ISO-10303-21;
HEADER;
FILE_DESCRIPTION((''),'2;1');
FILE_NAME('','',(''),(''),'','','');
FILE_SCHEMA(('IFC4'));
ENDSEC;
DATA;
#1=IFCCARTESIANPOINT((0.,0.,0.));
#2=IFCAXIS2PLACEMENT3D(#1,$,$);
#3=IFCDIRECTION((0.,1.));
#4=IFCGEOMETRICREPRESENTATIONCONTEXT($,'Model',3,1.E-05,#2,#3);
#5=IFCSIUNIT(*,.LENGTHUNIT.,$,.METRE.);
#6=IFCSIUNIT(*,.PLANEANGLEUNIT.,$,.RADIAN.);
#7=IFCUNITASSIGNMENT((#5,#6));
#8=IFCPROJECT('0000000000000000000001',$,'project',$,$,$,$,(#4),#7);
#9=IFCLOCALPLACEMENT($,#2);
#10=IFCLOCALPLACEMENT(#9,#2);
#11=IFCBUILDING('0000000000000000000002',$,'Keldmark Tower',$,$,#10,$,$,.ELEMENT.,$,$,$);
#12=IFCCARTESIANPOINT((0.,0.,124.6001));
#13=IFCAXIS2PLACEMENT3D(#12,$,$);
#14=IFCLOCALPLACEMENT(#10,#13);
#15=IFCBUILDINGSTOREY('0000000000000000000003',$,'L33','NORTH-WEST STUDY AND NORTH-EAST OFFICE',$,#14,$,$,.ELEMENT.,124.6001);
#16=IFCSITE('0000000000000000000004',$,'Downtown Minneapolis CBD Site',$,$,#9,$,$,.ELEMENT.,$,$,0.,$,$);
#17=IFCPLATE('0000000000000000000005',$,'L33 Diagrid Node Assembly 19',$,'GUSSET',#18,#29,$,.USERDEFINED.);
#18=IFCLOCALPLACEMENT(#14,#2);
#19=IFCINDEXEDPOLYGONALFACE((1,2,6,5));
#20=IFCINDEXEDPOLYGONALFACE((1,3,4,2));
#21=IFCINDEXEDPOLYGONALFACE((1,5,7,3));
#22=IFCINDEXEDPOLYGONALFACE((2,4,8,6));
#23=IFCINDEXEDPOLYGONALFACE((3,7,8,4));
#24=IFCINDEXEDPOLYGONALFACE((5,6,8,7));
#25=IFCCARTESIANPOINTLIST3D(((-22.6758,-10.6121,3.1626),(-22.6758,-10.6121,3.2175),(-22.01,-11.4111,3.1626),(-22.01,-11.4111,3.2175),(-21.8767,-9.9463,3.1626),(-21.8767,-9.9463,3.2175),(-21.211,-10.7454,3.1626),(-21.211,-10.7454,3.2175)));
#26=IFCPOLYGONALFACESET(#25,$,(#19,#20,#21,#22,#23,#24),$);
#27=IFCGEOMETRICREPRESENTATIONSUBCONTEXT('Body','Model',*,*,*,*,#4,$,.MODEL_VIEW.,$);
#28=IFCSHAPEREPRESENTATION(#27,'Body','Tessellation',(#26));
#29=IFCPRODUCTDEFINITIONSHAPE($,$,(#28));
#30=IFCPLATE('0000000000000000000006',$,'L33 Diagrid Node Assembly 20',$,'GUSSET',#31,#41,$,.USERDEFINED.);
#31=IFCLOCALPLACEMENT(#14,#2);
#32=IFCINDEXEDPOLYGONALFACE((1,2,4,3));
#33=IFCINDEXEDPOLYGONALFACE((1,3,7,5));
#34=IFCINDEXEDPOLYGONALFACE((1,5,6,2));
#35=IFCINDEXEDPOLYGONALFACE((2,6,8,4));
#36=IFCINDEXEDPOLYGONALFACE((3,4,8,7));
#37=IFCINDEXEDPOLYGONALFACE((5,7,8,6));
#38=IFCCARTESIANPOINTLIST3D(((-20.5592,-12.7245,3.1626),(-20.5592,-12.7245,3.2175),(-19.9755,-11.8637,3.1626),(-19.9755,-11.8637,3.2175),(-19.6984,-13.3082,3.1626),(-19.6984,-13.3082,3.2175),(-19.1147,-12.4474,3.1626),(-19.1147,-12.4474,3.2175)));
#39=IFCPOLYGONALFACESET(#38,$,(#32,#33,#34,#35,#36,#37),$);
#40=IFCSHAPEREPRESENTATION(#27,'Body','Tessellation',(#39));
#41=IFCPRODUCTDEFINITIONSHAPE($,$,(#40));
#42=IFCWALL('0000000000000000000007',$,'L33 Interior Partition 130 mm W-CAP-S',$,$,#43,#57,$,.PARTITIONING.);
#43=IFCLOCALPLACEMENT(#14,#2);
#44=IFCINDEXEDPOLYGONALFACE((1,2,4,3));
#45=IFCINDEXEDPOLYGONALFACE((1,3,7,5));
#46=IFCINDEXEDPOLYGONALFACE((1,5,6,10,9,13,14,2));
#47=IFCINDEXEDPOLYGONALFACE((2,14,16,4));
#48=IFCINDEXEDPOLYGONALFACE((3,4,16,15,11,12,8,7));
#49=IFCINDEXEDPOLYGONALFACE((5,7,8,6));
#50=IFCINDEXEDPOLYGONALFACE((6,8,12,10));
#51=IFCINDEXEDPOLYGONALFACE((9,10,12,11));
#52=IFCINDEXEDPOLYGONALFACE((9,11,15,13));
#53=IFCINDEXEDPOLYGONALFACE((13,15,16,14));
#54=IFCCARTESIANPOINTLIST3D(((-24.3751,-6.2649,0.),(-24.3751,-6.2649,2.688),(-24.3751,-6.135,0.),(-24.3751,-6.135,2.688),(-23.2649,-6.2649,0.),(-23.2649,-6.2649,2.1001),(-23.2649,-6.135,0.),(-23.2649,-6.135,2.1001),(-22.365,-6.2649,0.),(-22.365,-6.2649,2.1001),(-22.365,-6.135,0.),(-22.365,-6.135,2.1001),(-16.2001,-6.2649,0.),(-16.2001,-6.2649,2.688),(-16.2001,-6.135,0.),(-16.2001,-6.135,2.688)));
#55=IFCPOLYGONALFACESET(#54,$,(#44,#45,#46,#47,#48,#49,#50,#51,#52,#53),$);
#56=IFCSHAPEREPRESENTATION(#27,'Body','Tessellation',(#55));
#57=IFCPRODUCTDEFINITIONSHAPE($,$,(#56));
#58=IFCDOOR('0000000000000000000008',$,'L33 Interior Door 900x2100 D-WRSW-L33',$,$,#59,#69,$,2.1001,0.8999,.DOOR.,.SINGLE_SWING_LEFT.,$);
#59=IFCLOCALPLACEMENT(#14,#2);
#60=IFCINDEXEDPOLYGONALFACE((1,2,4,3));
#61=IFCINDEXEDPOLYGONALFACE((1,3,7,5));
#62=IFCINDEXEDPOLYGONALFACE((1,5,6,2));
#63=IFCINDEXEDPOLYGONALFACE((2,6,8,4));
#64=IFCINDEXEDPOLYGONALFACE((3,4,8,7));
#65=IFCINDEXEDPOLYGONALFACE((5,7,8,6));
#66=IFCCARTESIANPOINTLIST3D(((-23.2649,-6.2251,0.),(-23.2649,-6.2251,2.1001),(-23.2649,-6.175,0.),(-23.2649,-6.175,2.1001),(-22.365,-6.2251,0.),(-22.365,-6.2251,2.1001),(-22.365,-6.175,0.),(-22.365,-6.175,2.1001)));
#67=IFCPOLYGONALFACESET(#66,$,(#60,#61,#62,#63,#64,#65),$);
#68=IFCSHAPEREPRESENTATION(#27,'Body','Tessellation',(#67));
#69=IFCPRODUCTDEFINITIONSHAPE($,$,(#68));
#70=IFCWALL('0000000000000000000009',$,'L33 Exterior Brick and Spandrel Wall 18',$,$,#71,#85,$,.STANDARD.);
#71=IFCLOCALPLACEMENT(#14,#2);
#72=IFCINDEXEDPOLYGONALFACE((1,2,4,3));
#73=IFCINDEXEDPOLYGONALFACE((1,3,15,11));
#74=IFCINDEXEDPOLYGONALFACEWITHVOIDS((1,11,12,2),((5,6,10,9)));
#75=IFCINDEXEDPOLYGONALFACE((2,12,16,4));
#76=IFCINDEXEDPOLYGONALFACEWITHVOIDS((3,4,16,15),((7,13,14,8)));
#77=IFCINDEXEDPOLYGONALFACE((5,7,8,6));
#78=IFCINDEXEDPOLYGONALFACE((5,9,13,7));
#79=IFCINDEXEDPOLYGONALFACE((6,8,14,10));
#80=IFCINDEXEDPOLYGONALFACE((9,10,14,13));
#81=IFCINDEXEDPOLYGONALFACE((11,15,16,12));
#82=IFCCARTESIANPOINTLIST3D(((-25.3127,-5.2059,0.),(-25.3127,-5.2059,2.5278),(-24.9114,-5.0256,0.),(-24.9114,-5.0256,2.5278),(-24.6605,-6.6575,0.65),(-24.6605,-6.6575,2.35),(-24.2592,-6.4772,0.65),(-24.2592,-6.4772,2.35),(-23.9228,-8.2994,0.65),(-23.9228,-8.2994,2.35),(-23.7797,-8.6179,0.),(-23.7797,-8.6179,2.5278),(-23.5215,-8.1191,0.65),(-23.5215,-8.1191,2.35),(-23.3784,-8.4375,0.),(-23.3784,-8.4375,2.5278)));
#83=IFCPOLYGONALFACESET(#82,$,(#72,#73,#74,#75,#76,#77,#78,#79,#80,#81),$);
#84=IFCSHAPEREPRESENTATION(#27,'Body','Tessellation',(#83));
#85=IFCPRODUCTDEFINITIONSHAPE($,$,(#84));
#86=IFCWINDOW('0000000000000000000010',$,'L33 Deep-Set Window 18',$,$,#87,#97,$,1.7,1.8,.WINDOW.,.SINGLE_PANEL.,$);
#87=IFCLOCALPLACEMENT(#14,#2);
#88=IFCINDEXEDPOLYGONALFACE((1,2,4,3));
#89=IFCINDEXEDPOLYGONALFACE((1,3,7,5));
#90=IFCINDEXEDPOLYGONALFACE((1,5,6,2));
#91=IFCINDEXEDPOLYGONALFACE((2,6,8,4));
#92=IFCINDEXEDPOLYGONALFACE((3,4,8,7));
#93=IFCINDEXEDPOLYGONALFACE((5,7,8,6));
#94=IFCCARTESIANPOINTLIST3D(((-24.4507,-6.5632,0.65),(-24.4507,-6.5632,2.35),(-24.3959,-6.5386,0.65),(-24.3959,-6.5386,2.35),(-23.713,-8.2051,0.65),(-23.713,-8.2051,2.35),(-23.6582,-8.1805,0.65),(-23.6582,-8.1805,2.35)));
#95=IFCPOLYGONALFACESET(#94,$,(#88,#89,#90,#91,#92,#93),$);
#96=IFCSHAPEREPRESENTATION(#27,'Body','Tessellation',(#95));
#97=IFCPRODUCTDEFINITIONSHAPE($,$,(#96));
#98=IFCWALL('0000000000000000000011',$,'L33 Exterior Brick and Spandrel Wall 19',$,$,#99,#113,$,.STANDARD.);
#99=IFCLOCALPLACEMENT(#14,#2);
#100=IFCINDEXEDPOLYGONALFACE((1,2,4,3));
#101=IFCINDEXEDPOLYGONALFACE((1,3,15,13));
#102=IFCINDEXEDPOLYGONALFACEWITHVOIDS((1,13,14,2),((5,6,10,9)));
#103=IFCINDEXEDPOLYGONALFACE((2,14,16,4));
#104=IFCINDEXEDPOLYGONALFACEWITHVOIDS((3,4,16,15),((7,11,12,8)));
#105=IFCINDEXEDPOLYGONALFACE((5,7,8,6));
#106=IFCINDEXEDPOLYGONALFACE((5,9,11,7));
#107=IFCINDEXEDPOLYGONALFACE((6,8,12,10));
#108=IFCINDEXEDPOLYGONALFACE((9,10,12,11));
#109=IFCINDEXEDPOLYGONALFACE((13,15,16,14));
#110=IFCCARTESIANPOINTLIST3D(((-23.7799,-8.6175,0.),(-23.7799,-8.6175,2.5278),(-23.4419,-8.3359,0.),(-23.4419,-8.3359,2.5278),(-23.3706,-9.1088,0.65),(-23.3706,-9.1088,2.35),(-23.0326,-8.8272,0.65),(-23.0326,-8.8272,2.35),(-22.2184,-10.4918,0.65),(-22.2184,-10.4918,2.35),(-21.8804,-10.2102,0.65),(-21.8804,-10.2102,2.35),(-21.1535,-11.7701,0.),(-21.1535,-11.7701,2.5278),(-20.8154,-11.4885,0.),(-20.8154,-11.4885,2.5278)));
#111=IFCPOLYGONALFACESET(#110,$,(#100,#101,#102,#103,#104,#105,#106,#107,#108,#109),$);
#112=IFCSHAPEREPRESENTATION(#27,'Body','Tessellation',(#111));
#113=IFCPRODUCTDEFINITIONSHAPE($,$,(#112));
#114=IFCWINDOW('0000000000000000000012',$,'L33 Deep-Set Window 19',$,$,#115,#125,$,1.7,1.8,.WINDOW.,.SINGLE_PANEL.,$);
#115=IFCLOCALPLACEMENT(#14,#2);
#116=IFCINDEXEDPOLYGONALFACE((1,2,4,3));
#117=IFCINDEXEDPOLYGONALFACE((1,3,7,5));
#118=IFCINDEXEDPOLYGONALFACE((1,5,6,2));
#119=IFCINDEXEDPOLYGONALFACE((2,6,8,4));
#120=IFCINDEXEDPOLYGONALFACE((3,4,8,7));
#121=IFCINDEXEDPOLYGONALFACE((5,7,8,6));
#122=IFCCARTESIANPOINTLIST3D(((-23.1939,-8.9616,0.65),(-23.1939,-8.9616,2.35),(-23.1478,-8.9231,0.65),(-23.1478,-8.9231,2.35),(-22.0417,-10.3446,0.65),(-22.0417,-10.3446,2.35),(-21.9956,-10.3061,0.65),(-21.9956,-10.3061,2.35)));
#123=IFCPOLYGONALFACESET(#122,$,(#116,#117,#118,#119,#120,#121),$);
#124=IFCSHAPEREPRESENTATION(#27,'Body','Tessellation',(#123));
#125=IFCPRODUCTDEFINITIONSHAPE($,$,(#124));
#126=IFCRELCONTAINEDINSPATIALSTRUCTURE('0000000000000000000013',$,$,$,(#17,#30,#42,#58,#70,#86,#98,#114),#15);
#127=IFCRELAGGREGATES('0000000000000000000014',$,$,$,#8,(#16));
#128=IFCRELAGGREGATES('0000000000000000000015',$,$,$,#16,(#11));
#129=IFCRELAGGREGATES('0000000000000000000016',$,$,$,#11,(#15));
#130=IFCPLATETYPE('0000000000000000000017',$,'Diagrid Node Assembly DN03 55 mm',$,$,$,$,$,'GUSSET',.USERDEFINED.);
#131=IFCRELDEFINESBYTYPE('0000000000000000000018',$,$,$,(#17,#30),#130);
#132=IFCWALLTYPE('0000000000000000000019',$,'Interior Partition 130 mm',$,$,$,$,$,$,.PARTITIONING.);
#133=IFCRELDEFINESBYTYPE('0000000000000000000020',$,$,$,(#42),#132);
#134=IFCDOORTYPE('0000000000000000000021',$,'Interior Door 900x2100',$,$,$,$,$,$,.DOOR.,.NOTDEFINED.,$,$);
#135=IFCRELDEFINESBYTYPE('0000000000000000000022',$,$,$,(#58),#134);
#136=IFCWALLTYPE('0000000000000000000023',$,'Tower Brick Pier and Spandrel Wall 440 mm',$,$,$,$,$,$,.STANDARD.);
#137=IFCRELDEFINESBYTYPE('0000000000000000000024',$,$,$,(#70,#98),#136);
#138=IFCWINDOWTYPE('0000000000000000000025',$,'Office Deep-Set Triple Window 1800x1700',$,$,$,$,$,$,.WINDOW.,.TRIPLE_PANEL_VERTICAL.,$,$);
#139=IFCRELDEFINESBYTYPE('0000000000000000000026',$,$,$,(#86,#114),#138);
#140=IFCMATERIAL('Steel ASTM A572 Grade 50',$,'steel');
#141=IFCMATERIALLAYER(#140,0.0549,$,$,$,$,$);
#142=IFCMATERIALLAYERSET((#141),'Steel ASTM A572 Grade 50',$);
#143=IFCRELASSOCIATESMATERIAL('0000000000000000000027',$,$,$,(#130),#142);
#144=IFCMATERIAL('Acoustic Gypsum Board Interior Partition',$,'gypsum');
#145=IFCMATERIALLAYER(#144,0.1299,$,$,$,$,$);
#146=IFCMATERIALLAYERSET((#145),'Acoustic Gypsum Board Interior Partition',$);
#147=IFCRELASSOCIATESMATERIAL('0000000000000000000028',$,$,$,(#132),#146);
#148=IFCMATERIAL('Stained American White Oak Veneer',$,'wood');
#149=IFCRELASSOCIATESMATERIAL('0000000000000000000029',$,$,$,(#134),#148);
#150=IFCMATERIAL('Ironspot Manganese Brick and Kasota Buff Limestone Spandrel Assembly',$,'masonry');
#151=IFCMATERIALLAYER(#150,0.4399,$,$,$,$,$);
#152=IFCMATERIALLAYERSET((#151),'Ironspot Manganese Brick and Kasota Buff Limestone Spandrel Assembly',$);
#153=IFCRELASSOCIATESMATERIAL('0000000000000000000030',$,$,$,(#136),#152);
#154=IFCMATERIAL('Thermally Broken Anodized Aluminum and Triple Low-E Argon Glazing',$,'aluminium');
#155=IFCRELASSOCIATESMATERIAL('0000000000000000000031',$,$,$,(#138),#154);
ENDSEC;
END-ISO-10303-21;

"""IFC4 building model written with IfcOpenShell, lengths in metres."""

from ifc_helpers import new_model, si_unit, direction, frame, frame_2d, origin, origin_2d, place, context, subcontext, project, spatial, rectangle, extrude, material, layer, layer_set, type_object, element, fill, save


model = new_model("IFC4")

# Units and contexts
model_context = context("Model", 3, precision=1e-05, world=origin(), true_north=direction((0.0, 1.0)))
body_context = subcontext(model_context, "Body", "Model", "MODEL_VIEW")
ifc_project = project(units=[si_unit("LENGTHUNIT", "METRE"), si_unit("PLANEANGLEUNIT", "RADIAN")], contexts=[model_context])

# Site, building, storey
site_placement = place(None, origin())
site = spatial("IfcSite", under=ifc_project, at=site_placement, Name="Downtown Minneapolis CBD Site", CompositionType="ELEMENT", RefElevation=0.0)
building_placement = place(site_placement, origin())
building = spatial("IfcBuilding", under=site, at=building_placement, Name="Keldmark Tower", CompositionType="ELEMENT")
storey_placement = place(building_placement, frame((0.0, 0.0, 124.6001)))
storey = spatial("IfcBuildingStorey", under=building, at=storey_placement, Name="L33", Description="NORTH-WEST STUDY AND NORTH-EAST OFFICE", CompositionType="ELEMENT", Elevation=124.6001)

# Plates
ifc_material_1 = material(Name="Steel ASTM A572 Grade 50", Category="steel")
ifc_layer_1 = layer(ifc_material_1, 0.0549)
ifc_layer_set_1 = layer_set([ifc_layer_1], Name="Steel ASTM A572 Grade 50")
plate_type = type_object("IfcPlateType", Name="Diagrid Node Assembly DN03 55 mm", ElementType="GUSSET", PredefinedType="USERDEFINED", material=ifc_layer_set_1)
for number, where, z_axis, x_axis, name in (
    (1, (-21.9434, -10.6787, 3.1626), (0.0, 0.0, 1.0), (0.64011, -0.768284, 0.0), "L33 Diagrid Node Assembly 19"),
    (2, (-19.8369, -12.5859, 3.1626), (0.0, 0.0, 1.0), (0.827669, -0.561217, 0.0), "L33 Diagrid Node Assembly 20"),
):
    element("IfcPlate", number, at=place(storey_placement, frame(where, z_axis=z_axis, x_axis=x_axis)), inside=storey, type_object=plate_type, Name=name, ObjectType="GUSSET", PredefinedType="USERDEFINED", context=body_context, shape_type="SweptSolid", body=[
        extrude(rectangle(XDim=1.04, YDim=1.04, at=origin_2d()), origin(), (0.0, 0.0, 1.0), 0.0549),
    ])

# Wall, opening, door
ifc_material_2 = material(Name="Acoustic Gypsum Board Interior Partition", Category="gypsum")
ifc_layer_2 = layer(ifc_material_2, 0.1299)
ifc_layer_set_2 = layer_set([ifc_layer_2], Name="Acoustic Gypsum Board Interior Partition")
wall_type_1 = type_object("IfcWallType", Name="Interior Partition 130 mm", PredefinedType="PARTITIONING", material=ifc_layer_set_2)
wall_1_placement = place(storey_placement, frame((-24.375, -6.2, 0.0), z_axis=(0.0, 0.0, 1.0), x_axis=(1.0, 0.0, 0.0)))
wall_1 = element("IfcWall", 3, at=wall_1_placement, inside=storey, type_object=wall_type_1, Name="L33 Interior Partition 130 mm W-CAP-S", PredefinedType="PARTITIONING", context=body_context, shape_type="SweptSolid", body=[
    extrude(rectangle(XDim=8.175, YDim=0.1299, at=frame_2d((4.0874, 0.0))), origin(), (0.0, 0.0, 1.0), 2.688),
])
opening_1_placement = place(wall_1_placement, frame((1.1101, 0.0, 0.0)))
opening_1 = element("IfcOpeningElement", 4, at=opening_1_placement, cuts=wall_1, PredefinedType="OPENING", context=body_context, shape_type="SweptSolid", body=[
    extrude(rectangle(XDim=0.8999, YDim=2.1001, at=frame_2d((0.45, 1.05))), frame((0.0, 0.075, 0.0), z_axis=(0.0, -1.0, 0.0), x_axis=(1.0, 0.0, 0.0)), (0.0, 0.0, 1.0), 0.1499),
])
ifc_material_3 = material(Name="Stained American White Oak Veneer", Category="wood")
door_type = type_object("IfcDoorType", Name="Interior Door 900x2100", OperationType="NOTDEFINED", PredefinedType="DOOR", material=ifc_material_3)
door_placement = place(opening_1_placement, origin())
door = element("IfcDoor", 5, at=door_placement, inside=storey, type_object=door_type, Name="L33 Interior Door 900x2100 D-WRSW-L33", OperationType="SINGLE_SWING_LEFT", OverallHeight=2.1001, OverallWidth=0.8999, PredefinedType="DOOR", context=body_context, shape_type="SweptSolid", body=[
    extrude(rectangle(XDim=0.8999, YDim=2.1001, at=frame_2d((0.45, 1.05))), frame((0.0, 0.0249, 0.0), z_axis=(0.0, -1.0, 0.0), x_axis=(1.0, 0.0, 0.0)), (0.0, 0.0, 1.0), 0.05),
])
fill(opening_1, door)

# Walls, openings, windows
ifc_material_4 = material(Name="Ironspot Manganese Brick and Kasota Buff Limestone Spandrel Assembly", Category="masonry")
ifc_layer_3 = layer(ifc_material_4, 0.4399)
ifc_layer_set_3 = layer_set([ifc_layer_3], Name="Ironspot Manganese Brick and Kasota Buff Limestone Spandrel Assembly")
wall_type_2 = type_object("IfcWallType", Name="Tower Brick Pier and Spandrel Wall 440 mm", PredefinedType="STANDARD", material=ifc_layer_set_3)
wall_2_placement = place(storey_placement, frame((-23.5791, -8.5276, 0.0), z_axis=(0.0, 0.0, 1.0), x_axis=(-0.409835, 0.91216, 0.0)))
wall_2 = element("IfcWall", 6, at=wall_2_placement, inside=storey, type_object=wall_type_2, Name="L33 Exterior Brick and Spandrel Wall 18", PredefinedType="STANDARD", context=body_context, shape_type="SweptSolid", body=[
    extrude(rectangle(XDim=3.7405, YDim=0.4399, at=frame_2d((1.8701, 0.0))), origin(), (0.0, 0.0, 1.0), 2.5278),
])
opening_2_placement = place(wall_2_placement, frame((0.3491, 0.0, 0.6499)))
opening_2 = element("IfcOpeningElement", 7, at=opening_2_placement, cuts=wall_2, PredefinedType="OPENING", context=body_context, shape_type="SweptSolid", body=[
    extrude(rectangle(XDim=1.8, YDim=1.7, at=frame_2d((0.8999, 0.8501))), frame((0.0, 0.23, 0.0), z_axis=(0.0, -1.0, 0.0), x_axis=(1.0, 0.0, 0.0)), (0.0, 0.0, 1.0), 0.46),
])
ifc_material_5 = material(Name="Thermally Broken Anodized Aluminum and Triple Low-E Argon Glazing", Category="aluminium")
window_type = type_object("IfcWindowType", Name="Office Deep-Set Triple Window 1800x1700", PartitioningType="TRIPLE_PANEL_VERTICAL", PredefinedType="WINDOW", material=ifc_material_5)
window_1_placement = place(opening_2_placement, origin())
window_1 = element("IfcWindow", 8, at=window_1_placement, inside=storey, type_object=window_type, Name="L33 Deep-Set Window 18", OverallHeight=1.7, OverallWidth=1.8, PartitioningType="SINGLE_PANEL", PredefinedType="WINDOW", context=body_context, shape_type="SweptSolid", body=[
    extrude(rectangle(XDim=1.8, YDim=1.7, at=frame_2d((0.8999, 0.8501))), frame((0.0, -0.01, 0.0), z_axis=(0.0, -1.0, 0.0), x_axis=(1.0, 0.0, 0.0)), (0.0, 0.0, 1.0), 0.0601),
])
fill(opening_2, window_1)
wall_3_placement = place(storey_placement, frame((-20.9844, -11.6294, 0.0), z_axis=(0.0, 0.0, 1.0), x_axis=(-0.640085, 0.768304, 0.0)))
wall_3 = element("IfcWall", 9, at=wall_3_placement, inside=storey, type_object=wall_type_2, Name="L33 Exterior Brick and Spandrel Wall 19", PredefinedType="STANDARD", context=body_context, shape_type="SweptSolid", body=[
    extrude(rectangle(XDim=4.1033, YDim=0.4399, at=frame_2d((2.0518, 0.0))), origin(), (0.0, 0.0, 1.0), 2.5278),
])
opening_3_placement = place(wall_3_placement, frame((1.6641, 0.0, 0.6499)))
opening_3 = element("IfcOpeningElement", 10, at=opening_3_placement, cuts=wall_3, PredefinedType="OPENING", context=body_context, shape_type="SweptSolid", body=[
    extrude(rectangle(XDim=1.8, YDim=1.7, at=frame_2d((0.8999, 0.8501))), frame((0.0, 0.23, 0.0), z_axis=(0.0, -1.0, 0.0), x_axis=(1.0, 0.0, 0.0)), (0.0, 0.0, 1.0), 0.46),
])
window_2_placement = place(opening_3_placement, origin())
window_2 = element("IfcWindow", 11, at=window_2_placement, inside=storey, type_object=window_type, Name="L33 Deep-Set Window 19", OverallHeight=1.7, OverallWidth=1.8, PartitioningType="SINGLE_PANEL", PredefinedType="WINDOW", context=body_context, shape_type="SweptSolid", body=[
    extrude(rectangle(XDim=1.8, YDim=1.7, at=frame_2d((0.8999, 0.8501))), frame((0.0, -0.01, 0.0), z_axis=(0.0, -1.0, 0.0), x_axis=(1.0, 0.0, 0.0)), (0.0, 0.0, 1.0), 0.0601),
])
fill(opening_3, window_2)

save(model, "model.ifc")
